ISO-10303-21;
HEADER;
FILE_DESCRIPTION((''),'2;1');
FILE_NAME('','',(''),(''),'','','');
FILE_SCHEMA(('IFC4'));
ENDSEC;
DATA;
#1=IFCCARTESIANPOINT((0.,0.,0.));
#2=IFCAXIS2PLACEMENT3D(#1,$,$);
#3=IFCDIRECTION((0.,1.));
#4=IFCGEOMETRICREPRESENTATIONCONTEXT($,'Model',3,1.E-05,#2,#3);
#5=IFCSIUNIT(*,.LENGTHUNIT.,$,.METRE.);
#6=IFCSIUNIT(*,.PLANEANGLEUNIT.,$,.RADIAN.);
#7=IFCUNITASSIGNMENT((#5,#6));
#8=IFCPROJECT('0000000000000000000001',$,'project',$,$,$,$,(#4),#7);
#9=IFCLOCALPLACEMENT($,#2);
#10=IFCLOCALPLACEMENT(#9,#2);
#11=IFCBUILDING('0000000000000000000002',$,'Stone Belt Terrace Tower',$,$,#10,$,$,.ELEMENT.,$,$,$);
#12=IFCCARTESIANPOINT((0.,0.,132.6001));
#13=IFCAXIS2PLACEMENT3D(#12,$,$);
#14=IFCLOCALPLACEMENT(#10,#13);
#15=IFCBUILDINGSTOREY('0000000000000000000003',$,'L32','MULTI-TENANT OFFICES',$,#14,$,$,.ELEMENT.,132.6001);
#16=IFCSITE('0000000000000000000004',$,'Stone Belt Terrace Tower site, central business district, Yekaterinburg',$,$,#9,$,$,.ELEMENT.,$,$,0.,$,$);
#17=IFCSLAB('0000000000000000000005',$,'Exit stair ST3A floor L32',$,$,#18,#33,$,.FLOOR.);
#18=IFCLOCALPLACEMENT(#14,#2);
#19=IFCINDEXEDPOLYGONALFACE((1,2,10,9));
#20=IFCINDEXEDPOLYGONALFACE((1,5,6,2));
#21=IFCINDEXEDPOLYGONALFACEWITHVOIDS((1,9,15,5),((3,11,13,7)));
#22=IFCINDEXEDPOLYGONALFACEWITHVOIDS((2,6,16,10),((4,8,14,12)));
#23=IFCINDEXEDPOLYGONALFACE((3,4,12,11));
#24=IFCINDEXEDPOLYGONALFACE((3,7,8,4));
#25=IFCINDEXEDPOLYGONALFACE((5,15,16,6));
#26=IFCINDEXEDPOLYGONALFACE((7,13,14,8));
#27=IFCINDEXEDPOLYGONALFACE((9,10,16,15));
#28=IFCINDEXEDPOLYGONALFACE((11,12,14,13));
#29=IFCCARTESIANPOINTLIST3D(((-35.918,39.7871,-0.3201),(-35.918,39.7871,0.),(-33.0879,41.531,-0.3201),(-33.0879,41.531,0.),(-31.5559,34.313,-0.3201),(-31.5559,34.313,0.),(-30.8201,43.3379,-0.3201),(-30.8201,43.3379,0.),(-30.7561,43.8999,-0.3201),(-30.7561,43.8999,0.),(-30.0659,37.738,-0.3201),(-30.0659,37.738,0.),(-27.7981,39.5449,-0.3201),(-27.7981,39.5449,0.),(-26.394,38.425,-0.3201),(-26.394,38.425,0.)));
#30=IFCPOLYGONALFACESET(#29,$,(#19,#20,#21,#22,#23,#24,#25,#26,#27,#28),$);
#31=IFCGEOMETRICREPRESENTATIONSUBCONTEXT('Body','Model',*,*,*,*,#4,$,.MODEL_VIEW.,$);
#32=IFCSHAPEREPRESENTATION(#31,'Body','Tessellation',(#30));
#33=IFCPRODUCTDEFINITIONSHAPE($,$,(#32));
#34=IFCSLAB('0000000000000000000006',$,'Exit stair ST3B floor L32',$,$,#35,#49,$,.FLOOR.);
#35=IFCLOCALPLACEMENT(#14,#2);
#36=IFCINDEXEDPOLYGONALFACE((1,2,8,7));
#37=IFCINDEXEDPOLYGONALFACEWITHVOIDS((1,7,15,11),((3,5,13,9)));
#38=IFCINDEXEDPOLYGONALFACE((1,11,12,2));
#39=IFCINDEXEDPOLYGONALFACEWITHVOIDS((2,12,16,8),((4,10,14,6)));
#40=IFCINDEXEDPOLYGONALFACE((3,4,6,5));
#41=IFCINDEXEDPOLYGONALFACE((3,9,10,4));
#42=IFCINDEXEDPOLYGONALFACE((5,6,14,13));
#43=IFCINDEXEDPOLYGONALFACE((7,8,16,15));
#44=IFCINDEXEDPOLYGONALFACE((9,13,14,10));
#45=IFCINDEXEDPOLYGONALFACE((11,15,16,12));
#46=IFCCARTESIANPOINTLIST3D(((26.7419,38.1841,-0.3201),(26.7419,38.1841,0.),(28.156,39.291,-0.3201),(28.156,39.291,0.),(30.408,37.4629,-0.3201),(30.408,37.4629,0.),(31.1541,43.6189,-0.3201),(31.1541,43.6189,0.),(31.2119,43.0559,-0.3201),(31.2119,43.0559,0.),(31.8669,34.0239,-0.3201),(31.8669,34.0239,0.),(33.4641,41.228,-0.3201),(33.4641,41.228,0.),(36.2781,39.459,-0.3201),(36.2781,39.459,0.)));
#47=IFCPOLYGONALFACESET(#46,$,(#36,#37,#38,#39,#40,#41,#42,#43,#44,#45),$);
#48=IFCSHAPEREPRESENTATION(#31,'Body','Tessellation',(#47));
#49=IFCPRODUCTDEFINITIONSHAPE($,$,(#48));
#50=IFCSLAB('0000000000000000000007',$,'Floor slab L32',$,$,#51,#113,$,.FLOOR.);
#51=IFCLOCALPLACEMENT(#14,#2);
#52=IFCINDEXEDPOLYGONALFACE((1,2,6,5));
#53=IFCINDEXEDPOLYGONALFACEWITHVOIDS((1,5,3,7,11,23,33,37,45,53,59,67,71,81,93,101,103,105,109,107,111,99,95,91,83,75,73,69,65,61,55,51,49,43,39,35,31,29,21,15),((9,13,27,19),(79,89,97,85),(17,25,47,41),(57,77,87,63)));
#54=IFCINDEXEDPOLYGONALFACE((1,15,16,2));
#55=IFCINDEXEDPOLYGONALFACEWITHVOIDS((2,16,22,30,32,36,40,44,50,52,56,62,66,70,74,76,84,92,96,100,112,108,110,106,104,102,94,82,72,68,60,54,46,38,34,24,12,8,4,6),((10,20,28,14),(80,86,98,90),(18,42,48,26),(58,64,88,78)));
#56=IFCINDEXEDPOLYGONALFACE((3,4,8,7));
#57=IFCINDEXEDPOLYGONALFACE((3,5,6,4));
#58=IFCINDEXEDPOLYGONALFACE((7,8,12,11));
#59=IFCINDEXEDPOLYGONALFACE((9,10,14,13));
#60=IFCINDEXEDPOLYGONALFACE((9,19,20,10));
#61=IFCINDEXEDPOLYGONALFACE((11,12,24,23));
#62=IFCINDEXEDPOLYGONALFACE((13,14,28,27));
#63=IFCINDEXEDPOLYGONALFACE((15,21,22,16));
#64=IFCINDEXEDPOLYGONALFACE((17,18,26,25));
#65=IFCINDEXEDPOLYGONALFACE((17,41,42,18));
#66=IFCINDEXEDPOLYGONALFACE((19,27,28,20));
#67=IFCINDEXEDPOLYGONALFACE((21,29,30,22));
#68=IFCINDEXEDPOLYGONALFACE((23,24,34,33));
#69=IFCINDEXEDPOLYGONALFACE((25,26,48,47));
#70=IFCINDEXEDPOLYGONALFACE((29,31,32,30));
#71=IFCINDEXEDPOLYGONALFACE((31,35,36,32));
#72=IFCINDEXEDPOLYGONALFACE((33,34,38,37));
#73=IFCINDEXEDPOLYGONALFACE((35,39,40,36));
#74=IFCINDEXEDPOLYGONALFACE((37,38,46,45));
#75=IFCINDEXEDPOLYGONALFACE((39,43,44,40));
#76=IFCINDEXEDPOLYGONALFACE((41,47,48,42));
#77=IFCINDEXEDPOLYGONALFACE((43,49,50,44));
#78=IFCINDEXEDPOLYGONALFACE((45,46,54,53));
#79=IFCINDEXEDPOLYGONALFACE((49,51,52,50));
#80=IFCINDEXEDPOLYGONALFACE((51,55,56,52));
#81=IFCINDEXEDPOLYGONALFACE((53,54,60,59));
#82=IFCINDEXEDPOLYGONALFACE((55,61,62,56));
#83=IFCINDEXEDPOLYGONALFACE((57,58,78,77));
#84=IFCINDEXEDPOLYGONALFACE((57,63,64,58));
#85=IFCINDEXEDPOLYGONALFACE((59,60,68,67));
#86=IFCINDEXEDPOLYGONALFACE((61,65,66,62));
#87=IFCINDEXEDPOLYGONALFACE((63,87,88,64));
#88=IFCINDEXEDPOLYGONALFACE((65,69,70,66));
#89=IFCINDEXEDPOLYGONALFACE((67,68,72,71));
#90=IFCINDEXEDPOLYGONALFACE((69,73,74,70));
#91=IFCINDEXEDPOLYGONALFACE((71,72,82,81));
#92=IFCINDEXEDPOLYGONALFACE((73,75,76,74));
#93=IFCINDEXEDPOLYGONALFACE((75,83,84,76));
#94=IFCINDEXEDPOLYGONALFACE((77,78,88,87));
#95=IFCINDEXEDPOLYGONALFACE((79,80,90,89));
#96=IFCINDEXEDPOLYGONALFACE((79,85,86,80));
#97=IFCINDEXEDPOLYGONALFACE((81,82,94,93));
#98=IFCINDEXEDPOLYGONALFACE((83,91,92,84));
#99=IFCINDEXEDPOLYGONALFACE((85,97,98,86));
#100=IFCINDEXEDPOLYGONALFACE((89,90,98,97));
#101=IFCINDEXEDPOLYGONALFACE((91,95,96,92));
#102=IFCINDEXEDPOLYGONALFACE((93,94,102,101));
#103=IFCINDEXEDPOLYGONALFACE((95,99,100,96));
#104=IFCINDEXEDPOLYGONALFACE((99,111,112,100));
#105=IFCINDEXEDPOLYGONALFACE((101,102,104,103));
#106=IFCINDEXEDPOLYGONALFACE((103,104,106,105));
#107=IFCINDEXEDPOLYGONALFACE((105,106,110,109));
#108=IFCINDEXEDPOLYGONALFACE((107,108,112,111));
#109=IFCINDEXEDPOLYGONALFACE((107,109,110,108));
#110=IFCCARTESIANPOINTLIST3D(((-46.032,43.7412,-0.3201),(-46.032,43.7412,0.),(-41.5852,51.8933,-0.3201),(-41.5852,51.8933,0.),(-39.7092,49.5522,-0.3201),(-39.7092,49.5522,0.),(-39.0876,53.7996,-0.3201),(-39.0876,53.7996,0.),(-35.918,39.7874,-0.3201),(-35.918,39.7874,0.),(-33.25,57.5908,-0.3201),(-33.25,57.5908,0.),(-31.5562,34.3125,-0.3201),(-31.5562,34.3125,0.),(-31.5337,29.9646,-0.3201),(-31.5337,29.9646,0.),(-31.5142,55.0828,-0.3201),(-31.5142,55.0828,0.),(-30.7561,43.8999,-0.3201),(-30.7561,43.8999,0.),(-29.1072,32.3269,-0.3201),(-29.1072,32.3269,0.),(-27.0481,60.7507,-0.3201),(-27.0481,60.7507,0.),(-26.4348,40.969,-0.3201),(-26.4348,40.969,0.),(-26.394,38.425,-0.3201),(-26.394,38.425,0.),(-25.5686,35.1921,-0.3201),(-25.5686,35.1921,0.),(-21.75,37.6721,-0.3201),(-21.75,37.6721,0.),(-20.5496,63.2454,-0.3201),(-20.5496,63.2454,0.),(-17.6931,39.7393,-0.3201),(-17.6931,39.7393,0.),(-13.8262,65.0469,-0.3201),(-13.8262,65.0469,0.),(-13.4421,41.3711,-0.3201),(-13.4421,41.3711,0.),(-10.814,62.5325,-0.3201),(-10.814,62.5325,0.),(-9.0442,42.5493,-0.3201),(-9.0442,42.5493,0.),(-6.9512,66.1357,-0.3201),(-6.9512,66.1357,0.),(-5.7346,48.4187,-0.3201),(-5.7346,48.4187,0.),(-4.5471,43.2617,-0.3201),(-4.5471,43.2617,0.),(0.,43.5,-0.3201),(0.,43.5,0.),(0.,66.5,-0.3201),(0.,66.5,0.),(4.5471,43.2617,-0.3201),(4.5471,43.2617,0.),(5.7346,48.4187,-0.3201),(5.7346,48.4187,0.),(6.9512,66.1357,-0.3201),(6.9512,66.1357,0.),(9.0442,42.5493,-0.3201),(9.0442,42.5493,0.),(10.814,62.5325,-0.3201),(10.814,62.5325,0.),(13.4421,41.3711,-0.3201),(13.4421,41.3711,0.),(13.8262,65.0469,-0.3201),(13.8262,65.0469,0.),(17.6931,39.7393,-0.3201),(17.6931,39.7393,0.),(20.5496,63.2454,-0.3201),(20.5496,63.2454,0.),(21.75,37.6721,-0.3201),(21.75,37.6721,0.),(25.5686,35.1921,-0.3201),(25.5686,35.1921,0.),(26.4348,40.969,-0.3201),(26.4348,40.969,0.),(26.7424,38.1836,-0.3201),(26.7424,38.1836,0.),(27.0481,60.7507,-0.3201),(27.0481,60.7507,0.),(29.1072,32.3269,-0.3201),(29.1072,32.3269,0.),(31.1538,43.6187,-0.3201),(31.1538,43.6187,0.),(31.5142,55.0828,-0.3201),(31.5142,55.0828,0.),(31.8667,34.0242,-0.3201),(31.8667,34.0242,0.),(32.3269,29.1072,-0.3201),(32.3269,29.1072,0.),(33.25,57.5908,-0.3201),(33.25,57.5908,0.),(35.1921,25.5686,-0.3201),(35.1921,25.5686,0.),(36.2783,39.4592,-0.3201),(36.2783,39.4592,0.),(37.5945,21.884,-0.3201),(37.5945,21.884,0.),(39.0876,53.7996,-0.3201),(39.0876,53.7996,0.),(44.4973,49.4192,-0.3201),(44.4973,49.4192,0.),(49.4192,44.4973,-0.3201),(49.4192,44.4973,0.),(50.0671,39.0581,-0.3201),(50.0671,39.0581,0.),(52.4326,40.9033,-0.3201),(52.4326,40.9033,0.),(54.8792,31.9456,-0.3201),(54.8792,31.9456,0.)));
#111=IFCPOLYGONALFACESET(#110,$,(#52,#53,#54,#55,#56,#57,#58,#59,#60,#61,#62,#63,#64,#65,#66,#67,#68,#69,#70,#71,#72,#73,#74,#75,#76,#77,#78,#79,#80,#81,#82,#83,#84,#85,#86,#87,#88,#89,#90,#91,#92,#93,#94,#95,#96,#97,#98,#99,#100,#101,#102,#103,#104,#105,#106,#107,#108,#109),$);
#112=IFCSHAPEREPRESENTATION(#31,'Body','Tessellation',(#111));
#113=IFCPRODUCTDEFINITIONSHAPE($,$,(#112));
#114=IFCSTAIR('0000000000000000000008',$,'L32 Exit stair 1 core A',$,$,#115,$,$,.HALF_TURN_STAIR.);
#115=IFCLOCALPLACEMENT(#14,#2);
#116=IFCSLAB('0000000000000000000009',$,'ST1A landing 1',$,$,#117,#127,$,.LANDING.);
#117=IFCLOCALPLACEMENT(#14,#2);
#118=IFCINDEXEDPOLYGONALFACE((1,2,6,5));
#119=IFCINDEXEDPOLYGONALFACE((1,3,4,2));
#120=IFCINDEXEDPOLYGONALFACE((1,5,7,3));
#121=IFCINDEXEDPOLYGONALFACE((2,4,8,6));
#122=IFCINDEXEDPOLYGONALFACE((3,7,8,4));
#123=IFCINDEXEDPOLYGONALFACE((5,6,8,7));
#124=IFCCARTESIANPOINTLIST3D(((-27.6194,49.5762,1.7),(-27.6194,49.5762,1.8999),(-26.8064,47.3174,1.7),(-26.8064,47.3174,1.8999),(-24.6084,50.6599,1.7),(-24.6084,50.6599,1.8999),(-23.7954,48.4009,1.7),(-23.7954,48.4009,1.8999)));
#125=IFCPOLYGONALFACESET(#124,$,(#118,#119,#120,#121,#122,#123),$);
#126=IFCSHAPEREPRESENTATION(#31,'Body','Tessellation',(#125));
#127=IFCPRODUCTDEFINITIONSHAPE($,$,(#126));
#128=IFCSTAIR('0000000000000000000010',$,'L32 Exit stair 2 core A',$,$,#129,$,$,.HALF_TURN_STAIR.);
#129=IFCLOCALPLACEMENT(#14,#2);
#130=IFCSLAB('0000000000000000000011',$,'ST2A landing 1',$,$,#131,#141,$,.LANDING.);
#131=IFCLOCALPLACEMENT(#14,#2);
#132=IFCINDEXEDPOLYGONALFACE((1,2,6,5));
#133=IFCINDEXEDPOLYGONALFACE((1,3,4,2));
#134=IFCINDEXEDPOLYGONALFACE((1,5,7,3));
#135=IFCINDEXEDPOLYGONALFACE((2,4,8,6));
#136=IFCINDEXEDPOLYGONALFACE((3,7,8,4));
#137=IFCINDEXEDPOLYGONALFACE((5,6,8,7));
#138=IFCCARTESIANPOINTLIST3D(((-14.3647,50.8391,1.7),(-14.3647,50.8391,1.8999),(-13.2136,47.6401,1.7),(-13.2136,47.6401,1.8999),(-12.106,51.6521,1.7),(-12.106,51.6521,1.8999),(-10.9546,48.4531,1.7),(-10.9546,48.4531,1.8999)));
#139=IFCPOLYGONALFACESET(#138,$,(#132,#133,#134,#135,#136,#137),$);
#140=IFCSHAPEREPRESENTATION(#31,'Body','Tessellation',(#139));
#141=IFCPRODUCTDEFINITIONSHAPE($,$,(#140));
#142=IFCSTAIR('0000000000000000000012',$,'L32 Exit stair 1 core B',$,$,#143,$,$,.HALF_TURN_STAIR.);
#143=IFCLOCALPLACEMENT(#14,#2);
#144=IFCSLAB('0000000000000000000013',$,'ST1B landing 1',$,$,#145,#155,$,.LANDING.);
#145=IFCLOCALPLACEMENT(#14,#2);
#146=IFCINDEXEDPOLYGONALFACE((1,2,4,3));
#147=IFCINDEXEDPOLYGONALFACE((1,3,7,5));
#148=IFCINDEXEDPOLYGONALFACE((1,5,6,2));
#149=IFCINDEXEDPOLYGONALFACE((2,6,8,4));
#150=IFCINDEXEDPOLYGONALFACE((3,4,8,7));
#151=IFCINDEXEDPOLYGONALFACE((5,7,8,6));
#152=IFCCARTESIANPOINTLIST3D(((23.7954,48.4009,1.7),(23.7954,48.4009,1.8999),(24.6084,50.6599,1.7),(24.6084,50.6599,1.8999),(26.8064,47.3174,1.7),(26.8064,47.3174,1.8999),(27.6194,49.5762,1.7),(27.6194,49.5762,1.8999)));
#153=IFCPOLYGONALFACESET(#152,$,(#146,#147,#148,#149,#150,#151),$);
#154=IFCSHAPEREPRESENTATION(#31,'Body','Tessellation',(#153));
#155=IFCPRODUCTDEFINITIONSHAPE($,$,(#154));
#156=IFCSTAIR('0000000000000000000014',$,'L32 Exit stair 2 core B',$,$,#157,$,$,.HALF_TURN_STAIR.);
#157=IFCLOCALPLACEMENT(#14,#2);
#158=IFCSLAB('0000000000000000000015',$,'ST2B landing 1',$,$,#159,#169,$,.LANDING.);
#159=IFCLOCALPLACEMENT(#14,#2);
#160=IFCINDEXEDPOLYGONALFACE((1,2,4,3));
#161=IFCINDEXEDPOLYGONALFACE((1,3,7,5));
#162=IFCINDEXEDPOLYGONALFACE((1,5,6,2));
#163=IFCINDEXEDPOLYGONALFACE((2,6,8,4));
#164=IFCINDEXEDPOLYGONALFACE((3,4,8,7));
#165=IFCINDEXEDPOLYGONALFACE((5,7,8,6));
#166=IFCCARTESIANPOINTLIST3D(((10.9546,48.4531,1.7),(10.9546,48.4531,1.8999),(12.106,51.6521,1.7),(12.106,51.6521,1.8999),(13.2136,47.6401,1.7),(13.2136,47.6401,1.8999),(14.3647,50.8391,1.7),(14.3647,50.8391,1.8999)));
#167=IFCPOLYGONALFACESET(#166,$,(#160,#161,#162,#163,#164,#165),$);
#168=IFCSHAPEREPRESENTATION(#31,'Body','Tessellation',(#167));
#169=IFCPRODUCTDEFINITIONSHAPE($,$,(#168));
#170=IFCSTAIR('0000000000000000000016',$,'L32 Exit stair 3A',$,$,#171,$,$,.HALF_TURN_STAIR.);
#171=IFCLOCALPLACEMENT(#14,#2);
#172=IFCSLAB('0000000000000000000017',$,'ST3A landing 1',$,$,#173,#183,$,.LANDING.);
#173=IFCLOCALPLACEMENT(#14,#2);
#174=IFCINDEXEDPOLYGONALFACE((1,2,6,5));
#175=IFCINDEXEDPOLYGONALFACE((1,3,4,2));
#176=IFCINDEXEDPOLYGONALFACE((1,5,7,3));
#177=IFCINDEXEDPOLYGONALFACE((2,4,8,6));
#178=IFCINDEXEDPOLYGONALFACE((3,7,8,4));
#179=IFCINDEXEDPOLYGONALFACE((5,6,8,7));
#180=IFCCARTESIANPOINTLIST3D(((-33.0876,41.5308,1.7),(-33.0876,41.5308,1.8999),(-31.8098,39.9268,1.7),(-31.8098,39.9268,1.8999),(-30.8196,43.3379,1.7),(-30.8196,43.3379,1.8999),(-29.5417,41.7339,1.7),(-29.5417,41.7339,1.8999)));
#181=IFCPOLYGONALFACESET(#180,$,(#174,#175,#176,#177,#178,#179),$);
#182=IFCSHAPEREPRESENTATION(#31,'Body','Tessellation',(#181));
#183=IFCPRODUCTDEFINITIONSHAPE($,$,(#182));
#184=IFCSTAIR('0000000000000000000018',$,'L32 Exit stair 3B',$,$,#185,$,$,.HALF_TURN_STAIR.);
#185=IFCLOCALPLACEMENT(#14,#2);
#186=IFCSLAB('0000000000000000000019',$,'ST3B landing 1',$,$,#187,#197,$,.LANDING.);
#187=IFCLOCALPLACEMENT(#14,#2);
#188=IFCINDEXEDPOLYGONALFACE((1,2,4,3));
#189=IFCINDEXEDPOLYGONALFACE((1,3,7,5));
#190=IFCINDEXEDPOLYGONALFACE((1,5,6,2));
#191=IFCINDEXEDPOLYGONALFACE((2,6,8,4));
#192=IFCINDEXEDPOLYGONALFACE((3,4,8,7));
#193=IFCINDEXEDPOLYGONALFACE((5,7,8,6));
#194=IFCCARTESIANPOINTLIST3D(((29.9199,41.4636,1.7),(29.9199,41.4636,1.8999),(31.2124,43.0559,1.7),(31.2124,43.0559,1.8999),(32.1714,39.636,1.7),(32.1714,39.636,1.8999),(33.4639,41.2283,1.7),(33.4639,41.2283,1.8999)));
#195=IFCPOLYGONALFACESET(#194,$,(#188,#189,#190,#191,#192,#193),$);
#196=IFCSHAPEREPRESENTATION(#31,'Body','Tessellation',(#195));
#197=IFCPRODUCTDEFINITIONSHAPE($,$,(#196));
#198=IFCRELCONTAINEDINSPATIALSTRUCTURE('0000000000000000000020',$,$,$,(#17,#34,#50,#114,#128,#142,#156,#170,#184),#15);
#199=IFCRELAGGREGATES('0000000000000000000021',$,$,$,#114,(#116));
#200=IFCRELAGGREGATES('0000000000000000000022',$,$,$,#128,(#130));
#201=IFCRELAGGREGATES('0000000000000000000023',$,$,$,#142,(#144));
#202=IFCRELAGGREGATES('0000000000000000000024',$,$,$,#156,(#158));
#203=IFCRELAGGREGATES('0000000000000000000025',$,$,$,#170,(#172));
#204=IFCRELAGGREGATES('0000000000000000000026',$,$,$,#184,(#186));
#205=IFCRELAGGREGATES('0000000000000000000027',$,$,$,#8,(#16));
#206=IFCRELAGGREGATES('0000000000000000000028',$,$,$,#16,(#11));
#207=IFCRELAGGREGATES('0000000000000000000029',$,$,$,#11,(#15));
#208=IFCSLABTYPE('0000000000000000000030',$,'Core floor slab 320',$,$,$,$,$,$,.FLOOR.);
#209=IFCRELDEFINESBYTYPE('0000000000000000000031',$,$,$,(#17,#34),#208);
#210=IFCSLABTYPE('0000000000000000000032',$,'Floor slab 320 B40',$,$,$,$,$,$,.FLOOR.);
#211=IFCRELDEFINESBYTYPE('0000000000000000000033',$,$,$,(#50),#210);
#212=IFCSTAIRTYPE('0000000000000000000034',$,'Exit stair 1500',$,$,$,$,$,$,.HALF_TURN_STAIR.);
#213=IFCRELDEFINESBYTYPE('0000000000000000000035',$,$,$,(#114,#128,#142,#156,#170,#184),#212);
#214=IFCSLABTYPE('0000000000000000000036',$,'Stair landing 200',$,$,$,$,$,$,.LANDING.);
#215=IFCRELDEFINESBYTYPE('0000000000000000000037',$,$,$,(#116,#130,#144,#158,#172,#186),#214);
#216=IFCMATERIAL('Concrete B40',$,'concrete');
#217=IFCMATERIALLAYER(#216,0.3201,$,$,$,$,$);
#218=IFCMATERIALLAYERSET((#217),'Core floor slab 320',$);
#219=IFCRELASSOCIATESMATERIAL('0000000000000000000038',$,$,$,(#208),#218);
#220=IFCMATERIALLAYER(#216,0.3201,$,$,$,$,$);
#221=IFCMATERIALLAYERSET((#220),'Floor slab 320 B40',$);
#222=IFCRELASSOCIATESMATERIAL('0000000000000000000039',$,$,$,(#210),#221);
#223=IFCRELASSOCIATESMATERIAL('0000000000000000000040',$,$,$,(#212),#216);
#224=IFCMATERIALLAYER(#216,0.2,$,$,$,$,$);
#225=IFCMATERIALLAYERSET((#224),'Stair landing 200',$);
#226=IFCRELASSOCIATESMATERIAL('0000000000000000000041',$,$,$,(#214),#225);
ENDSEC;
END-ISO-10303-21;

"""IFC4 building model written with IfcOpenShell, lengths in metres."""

from ifc_helpers import new_model, si_unit, direction, frame, origin, place, context, subcontext, project, spatial, polyline, outline, extrude, material, layer, layer_set, type_object, element, aggregate, save


model = new_model("IFC4")

# Units and contexts
model_context = context("Model", 3, precision=1e-05, world=origin(), true_north=direction((0.0, 1.0)))
body_context = subcontext(model_context, "Body", "Model", "MODEL_VIEW")
ifc_project = project(units=[si_unit("LENGTHUNIT", "METRE"), si_unit("PLANEANGLEUNIT", "RADIAN")], contexts=[model_context])

# Site, building, storey
site_placement = place(None, origin())
site = spatial("IfcSite", under=ifc_project, at=site_placement, Name="Stone Belt Terrace Tower site, central business district, Yekaterinburg", CompositionType="ELEMENT", RefElevation=0.0)
building_placement = place(site_placement, origin())
building = spatial("IfcBuilding", under=site, at=building_placement, Name="Stone Belt Terrace Tower", CompositionType="ELEMENT")
storey_placement = place(building_placement, frame((0.0, 0.0, 132.6001)))
storey = spatial("IfcBuildingStorey", under=building, at=storey_placement, Name="L32", Description="MULTI-TENANT OFFICES", CompositionType="ELEMENT", Elevation=132.6001)

# Slabs
ifc_material_1 = material(Name="Concrete B40", Category="concrete")
ifc_layer_1 = layer(ifc_material_1, 0.3201)
ifc_layer_set_1 = layer_set([ifc_layer_1], Name="Core floor slab 320")
slab_type_1 = type_object("IfcSlabType", Name="Core floor slab 320", PredefinedType="FLOOR", material=ifc_layer_set_1)
slab_1_placement = place(storey_placement, frame((0.0, 0.0, -0.3201)))
element("IfcSlab", 1, at=slab_1_placement, inside=storey, type_object=slab_type_1, Name="Exit stair ST3A floor L32", PredefinedType="FLOOR", context=body_context, shape_type="SweptSolid", body=[
    extrude(outline(polyline([(-26.394, 38.425), (-30.7561, 43.8999), (-35.918, 39.7871), (-31.5559, 34.313), (-26.394, 38.425)]), holes=[polyline([(-27.7981, 39.5449), (-30.0659, 37.738), (-33.0879, 41.531), (-30.8201, 43.3379), (-27.7981, 39.5449)])]), origin(), (0.0, 0.0, 1.0), 0.3201),
])
slab_2_placement = place(storey_placement, frame((0.0, 0.0, -0.3201)))
element("IfcSlab", 2, at=slab_2_placement, inside=storey, type_object=slab_type_1, Name="Exit stair ST3B floor L32", PredefinedType="FLOOR", context=body_context, shape_type="SweptSolid", body=[
    extrude(outline(polyline([(26.7419, 38.1841), (31.8669, 34.0239), (36.2781, 39.459), (31.1541, 43.6189), (26.7419, 38.1841)]), holes=[polyline([(30.408, 37.4629), (28.156, 39.291), (31.2119, 43.0559), (33.4641, 41.228), (30.408, 37.4629)])]), origin(), (0.0, 0.0, 1.0), 0.3201),
])
ifc_layer_2 = layer(ifc_material_1, 0.3201)
ifc_layer_set_2 = layer_set([ifc_layer_2], Name="Floor slab 320 B40")
slab_type_2 = type_object("IfcSlabType", Name="Floor slab 320 B40", PredefinedType="FLOOR", material=ifc_layer_set_2)
slab_3_placement = place(storey_placement, frame((0.0, 0.0, -0.3201)))
element("IfcSlab", 3, at=slab_3_placement, inside=storey, type_object=slab_type_2, Name="Floor slab L32", PredefinedType="FLOOR", context=body_context, shape_type="SweptSolid", body=[
    extrude(outline(polyline([(-39.0876, 53.7996), (-33.25, 57.5908), (-27.0481, 60.7507), (-20.5496, 63.2454), (-13.8262, 65.0469), (-6.9512, 66.1357), (0.0, 66.5), (6.9512, 66.1357), (13.8262, 65.0469), (20.5496, 63.2454), (27.0481, 60.7507), (33.25, 57.5908), (39.0876, 53.7996), (44.4973, 49.4192), (49.4192, 44.4973), (52.4326, 40.9033), (50.0671, 39.0581), (54.8792, 31.9456), (37.5945, 21.884), (35.1921, 25.5686), (32.3269, 29.1072), (29.1072, 32.3269), (25.5686, 35.1921), (21.75, 37.6721), (17.6931, 39.7393), (13.4421, 41.3711), (9.0442, 42.5493), (4.5471, 43.2617), (0.0, 43.5), (-4.5471, 43.2617), (-9.0442, 42.5493), (-13.4421, 41.3711), (-17.6931, 39.7393), (-21.75, 37.6721), (-25.5686, 35.1921), (-29.1072, 32.3269), (-31.5337, 29.9646), (-46.032, 43.7412), (-39.7092, 49.5522), (-41.5852, 51.8933), (-39.0876, 53.7996)]), holes=[polyline([(-26.4348, 40.969), (-5.7346, 48.4187), (-10.814, 62.5325), (-31.5142, 55.0828), (-26.4348, 40.969)]), polyline([(10.814, 62.5325), (5.7346, 48.4187), (26.4348, 40.969), (31.5142, 55.0828), (10.814, 62.5325)]), polyline([(-35.918, 39.7874), (-31.5562, 34.3125), (-26.394, 38.425), (-30.7561, 43.8999), (-35.918, 39.7874)]), polyline([(36.2783, 39.4592), (31.1538, 43.6187), (26.7424, 38.1836), (31.8667, 34.0242), (36.2783, 39.4592)])]), origin(), (0.0, 0.0, 1.0), 0.3201),
])

# Stairs, slabs
stair_type = type_object("IfcStairType", Name="Exit stair 1500", PredefinedType="HALF_TURN_STAIR", material=ifc_material_1)
stair_1_placement = place(storey_placement, origin())
stair_1 = element("IfcStair", 4, at=stair_1_placement, inside=storey, type_object=stair_type, Name="L32 Exit stair 1 core A", PredefinedType="HALF_TURN_STAIR")
ifc_layer_3 = layer(ifc_material_1, 0.2)
ifc_layer_set_3 = layer_set([ifc_layer_3], Name="Stair landing 200")
slab_type_3 = type_object("IfcSlabType", Name="Stair landing 200", PredefinedType="LANDING", material=ifc_layer_set_3)
slab_4_placement = place(storey_placement, frame((0.0, 0.0, 1.7)))
slab_4 = element("IfcSlab", 5, at=slab_4_placement, type_object=slab_type_3, Name="ST1A landing 1", PredefinedType="LANDING", context=body_context, shape_type="SweptSolid", body=[
    extrude(outline(polyline([(-23.7954, 48.4009), (-24.6084, 50.6599), (-27.6194, 49.5762), (-26.8064, 47.3174), (-23.7954, 48.4009)])), origin(), (0.0, 0.0, 1.0), 0.2),
])
aggregate(stair_1, [slab_4])
stair_2_placement = place(storey_placement, origin())
stair_2 = element("IfcStair", 6, at=stair_2_placement, inside=storey, type_object=stair_type, Name="L32 Exit stair 2 core A", PredefinedType="HALF_TURN_STAIR")
slab_5_placement = place(storey_placement, frame((0.0, 0.0, 1.7)))
slab_5 = element("IfcSlab", 7, at=slab_5_placement, type_object=slab_type_3, Name="ST2A landing 1", PredefinedType="LANDING", context=body_context, shape_type="SweptSolid", body=[
    extrude(outline(polyline([(-13.2136, 47.6401), (-10.9546, 48.4531), (-12.106, 51.6521), (-14.3647, 50.8391), (-13.2136, 47.6401)])), origin(), (0.0, 0.0, 1.0), 0.2),
])
aggregate(stair_2, [slab_5])
stair_3_placement = place(storey_placement, origin())
stair_3 = element("IfcStair", 8, at=stair_3_placement, inside=storey, type_object=stair_type, Name="L32 Exit stair 1 core B", PredefinedType="HALF_TURN_STAIR")
slab_6_placement = place(storey_placement, frame((0.0, 0.0, 1.7)))
slab_6 = element("IfcSlab", 9, at=slab_6_placement, type_object=slab_type_3, Name="ST1B landing 1", PredefinedType="LANDING", context=body_context, shape_type="SweptSolid", body=[
    extrude(outline(polyline([(26.8064, 47.3174), (27.6194, 49.5762), (24.6084, 50.6599), (23.7954, 48.4009), (26.8064, 47.3174)])), origin(), (0.0, 0.0, 1.0), 0.2),
])
aggregate(stair_3, [slab_6])
stair_4_placement = place(storey_placement, origin())
stair_4 = element("IfcStair", 10, at=stair_4_placement, inside=storey, type_object=stair_type, Name="L32 Exit stair 2 core B", PredefinedType="HALF_TURN_STAIR")
slab_7_placement = place(storey_placement, frame((0.0, 0.0, 1.7)))
slab_7 = element("IfcSlab", 11, at=slab_7_placement, type_object=slab_type_3, Name="ST2B landing 1", PredefinedType="LANDING", context=body_context, shape_type="SweptSolid", body=[
    extrude(outline(polyline([(14.3647, 50.8391), (12.106, 51.6521), (10.9546, 48.4531), (13.2136, 47.6401), (14.3647, 50.8391)])), origin(), (0.0, 0.0, 1.0), 0.2),
])
aggregate(stair_4, [slab_7])
stair_5_placement = place(storey_placement, origin())
stair_5 = element("IfcStair", 12, at=stair_5_placement, inside=storey, type_object=stair_type, Name="L32 Exit stair 3A", PredefinedType="HALF_TURN_STAIR")
slab_8_placement = place(storey_placement, frame((0.0, 0.0, 1.7)))
slab_8 = element("IfcSlab", 13, at=slab_8_placement, type_object=slab_type_3, Name="ST3A landing 1", PredefinedType="LANDING", context=body_context, shape_type="SweptSolid", body=[
    extrude(outline(polyline([(-29.5417, 41.7339), (-30.8196, 43.3379), (-33.0876, 41.5308), (-31.8098, 39.9268), (-29.5417, 41.7339)])), origin(), (0.0, 0.0, 1.0), 0.2),
])
aggregate(stair_5, [slab_8])
stair_6_placement = place(storey_placement, origin())
stair_6 = element("IfcStair", 14, at=stair_6_placement, inside=storey, type_object=stair_type, Name="L32 Exit stair 3B", PredefinedType="HALF_TURN_STAIR")
slab_9_placement = place(storey_placement, frame((0.0, 0.0, 1.7)))
slab_9 = element("IfcSlab", 15, at=slab_9_placement, type_object=slab_type_3, Name="ST3B landing 1", PredefinedType="LANDING", context=body_context, shape_type="SweptSolid", body=[
    extrude(outline(polyline([(32.1714, 39.636), (33.4639, 41.2283), (31.2124, 43.0559), (29.9199, 41.4636), (32.1714, 39.636)])), origin(), (0.0, 0.0, 1.0), 0.2),
])
aggregate(stair_6, [slab_9])

save(model, "model.ifc")
